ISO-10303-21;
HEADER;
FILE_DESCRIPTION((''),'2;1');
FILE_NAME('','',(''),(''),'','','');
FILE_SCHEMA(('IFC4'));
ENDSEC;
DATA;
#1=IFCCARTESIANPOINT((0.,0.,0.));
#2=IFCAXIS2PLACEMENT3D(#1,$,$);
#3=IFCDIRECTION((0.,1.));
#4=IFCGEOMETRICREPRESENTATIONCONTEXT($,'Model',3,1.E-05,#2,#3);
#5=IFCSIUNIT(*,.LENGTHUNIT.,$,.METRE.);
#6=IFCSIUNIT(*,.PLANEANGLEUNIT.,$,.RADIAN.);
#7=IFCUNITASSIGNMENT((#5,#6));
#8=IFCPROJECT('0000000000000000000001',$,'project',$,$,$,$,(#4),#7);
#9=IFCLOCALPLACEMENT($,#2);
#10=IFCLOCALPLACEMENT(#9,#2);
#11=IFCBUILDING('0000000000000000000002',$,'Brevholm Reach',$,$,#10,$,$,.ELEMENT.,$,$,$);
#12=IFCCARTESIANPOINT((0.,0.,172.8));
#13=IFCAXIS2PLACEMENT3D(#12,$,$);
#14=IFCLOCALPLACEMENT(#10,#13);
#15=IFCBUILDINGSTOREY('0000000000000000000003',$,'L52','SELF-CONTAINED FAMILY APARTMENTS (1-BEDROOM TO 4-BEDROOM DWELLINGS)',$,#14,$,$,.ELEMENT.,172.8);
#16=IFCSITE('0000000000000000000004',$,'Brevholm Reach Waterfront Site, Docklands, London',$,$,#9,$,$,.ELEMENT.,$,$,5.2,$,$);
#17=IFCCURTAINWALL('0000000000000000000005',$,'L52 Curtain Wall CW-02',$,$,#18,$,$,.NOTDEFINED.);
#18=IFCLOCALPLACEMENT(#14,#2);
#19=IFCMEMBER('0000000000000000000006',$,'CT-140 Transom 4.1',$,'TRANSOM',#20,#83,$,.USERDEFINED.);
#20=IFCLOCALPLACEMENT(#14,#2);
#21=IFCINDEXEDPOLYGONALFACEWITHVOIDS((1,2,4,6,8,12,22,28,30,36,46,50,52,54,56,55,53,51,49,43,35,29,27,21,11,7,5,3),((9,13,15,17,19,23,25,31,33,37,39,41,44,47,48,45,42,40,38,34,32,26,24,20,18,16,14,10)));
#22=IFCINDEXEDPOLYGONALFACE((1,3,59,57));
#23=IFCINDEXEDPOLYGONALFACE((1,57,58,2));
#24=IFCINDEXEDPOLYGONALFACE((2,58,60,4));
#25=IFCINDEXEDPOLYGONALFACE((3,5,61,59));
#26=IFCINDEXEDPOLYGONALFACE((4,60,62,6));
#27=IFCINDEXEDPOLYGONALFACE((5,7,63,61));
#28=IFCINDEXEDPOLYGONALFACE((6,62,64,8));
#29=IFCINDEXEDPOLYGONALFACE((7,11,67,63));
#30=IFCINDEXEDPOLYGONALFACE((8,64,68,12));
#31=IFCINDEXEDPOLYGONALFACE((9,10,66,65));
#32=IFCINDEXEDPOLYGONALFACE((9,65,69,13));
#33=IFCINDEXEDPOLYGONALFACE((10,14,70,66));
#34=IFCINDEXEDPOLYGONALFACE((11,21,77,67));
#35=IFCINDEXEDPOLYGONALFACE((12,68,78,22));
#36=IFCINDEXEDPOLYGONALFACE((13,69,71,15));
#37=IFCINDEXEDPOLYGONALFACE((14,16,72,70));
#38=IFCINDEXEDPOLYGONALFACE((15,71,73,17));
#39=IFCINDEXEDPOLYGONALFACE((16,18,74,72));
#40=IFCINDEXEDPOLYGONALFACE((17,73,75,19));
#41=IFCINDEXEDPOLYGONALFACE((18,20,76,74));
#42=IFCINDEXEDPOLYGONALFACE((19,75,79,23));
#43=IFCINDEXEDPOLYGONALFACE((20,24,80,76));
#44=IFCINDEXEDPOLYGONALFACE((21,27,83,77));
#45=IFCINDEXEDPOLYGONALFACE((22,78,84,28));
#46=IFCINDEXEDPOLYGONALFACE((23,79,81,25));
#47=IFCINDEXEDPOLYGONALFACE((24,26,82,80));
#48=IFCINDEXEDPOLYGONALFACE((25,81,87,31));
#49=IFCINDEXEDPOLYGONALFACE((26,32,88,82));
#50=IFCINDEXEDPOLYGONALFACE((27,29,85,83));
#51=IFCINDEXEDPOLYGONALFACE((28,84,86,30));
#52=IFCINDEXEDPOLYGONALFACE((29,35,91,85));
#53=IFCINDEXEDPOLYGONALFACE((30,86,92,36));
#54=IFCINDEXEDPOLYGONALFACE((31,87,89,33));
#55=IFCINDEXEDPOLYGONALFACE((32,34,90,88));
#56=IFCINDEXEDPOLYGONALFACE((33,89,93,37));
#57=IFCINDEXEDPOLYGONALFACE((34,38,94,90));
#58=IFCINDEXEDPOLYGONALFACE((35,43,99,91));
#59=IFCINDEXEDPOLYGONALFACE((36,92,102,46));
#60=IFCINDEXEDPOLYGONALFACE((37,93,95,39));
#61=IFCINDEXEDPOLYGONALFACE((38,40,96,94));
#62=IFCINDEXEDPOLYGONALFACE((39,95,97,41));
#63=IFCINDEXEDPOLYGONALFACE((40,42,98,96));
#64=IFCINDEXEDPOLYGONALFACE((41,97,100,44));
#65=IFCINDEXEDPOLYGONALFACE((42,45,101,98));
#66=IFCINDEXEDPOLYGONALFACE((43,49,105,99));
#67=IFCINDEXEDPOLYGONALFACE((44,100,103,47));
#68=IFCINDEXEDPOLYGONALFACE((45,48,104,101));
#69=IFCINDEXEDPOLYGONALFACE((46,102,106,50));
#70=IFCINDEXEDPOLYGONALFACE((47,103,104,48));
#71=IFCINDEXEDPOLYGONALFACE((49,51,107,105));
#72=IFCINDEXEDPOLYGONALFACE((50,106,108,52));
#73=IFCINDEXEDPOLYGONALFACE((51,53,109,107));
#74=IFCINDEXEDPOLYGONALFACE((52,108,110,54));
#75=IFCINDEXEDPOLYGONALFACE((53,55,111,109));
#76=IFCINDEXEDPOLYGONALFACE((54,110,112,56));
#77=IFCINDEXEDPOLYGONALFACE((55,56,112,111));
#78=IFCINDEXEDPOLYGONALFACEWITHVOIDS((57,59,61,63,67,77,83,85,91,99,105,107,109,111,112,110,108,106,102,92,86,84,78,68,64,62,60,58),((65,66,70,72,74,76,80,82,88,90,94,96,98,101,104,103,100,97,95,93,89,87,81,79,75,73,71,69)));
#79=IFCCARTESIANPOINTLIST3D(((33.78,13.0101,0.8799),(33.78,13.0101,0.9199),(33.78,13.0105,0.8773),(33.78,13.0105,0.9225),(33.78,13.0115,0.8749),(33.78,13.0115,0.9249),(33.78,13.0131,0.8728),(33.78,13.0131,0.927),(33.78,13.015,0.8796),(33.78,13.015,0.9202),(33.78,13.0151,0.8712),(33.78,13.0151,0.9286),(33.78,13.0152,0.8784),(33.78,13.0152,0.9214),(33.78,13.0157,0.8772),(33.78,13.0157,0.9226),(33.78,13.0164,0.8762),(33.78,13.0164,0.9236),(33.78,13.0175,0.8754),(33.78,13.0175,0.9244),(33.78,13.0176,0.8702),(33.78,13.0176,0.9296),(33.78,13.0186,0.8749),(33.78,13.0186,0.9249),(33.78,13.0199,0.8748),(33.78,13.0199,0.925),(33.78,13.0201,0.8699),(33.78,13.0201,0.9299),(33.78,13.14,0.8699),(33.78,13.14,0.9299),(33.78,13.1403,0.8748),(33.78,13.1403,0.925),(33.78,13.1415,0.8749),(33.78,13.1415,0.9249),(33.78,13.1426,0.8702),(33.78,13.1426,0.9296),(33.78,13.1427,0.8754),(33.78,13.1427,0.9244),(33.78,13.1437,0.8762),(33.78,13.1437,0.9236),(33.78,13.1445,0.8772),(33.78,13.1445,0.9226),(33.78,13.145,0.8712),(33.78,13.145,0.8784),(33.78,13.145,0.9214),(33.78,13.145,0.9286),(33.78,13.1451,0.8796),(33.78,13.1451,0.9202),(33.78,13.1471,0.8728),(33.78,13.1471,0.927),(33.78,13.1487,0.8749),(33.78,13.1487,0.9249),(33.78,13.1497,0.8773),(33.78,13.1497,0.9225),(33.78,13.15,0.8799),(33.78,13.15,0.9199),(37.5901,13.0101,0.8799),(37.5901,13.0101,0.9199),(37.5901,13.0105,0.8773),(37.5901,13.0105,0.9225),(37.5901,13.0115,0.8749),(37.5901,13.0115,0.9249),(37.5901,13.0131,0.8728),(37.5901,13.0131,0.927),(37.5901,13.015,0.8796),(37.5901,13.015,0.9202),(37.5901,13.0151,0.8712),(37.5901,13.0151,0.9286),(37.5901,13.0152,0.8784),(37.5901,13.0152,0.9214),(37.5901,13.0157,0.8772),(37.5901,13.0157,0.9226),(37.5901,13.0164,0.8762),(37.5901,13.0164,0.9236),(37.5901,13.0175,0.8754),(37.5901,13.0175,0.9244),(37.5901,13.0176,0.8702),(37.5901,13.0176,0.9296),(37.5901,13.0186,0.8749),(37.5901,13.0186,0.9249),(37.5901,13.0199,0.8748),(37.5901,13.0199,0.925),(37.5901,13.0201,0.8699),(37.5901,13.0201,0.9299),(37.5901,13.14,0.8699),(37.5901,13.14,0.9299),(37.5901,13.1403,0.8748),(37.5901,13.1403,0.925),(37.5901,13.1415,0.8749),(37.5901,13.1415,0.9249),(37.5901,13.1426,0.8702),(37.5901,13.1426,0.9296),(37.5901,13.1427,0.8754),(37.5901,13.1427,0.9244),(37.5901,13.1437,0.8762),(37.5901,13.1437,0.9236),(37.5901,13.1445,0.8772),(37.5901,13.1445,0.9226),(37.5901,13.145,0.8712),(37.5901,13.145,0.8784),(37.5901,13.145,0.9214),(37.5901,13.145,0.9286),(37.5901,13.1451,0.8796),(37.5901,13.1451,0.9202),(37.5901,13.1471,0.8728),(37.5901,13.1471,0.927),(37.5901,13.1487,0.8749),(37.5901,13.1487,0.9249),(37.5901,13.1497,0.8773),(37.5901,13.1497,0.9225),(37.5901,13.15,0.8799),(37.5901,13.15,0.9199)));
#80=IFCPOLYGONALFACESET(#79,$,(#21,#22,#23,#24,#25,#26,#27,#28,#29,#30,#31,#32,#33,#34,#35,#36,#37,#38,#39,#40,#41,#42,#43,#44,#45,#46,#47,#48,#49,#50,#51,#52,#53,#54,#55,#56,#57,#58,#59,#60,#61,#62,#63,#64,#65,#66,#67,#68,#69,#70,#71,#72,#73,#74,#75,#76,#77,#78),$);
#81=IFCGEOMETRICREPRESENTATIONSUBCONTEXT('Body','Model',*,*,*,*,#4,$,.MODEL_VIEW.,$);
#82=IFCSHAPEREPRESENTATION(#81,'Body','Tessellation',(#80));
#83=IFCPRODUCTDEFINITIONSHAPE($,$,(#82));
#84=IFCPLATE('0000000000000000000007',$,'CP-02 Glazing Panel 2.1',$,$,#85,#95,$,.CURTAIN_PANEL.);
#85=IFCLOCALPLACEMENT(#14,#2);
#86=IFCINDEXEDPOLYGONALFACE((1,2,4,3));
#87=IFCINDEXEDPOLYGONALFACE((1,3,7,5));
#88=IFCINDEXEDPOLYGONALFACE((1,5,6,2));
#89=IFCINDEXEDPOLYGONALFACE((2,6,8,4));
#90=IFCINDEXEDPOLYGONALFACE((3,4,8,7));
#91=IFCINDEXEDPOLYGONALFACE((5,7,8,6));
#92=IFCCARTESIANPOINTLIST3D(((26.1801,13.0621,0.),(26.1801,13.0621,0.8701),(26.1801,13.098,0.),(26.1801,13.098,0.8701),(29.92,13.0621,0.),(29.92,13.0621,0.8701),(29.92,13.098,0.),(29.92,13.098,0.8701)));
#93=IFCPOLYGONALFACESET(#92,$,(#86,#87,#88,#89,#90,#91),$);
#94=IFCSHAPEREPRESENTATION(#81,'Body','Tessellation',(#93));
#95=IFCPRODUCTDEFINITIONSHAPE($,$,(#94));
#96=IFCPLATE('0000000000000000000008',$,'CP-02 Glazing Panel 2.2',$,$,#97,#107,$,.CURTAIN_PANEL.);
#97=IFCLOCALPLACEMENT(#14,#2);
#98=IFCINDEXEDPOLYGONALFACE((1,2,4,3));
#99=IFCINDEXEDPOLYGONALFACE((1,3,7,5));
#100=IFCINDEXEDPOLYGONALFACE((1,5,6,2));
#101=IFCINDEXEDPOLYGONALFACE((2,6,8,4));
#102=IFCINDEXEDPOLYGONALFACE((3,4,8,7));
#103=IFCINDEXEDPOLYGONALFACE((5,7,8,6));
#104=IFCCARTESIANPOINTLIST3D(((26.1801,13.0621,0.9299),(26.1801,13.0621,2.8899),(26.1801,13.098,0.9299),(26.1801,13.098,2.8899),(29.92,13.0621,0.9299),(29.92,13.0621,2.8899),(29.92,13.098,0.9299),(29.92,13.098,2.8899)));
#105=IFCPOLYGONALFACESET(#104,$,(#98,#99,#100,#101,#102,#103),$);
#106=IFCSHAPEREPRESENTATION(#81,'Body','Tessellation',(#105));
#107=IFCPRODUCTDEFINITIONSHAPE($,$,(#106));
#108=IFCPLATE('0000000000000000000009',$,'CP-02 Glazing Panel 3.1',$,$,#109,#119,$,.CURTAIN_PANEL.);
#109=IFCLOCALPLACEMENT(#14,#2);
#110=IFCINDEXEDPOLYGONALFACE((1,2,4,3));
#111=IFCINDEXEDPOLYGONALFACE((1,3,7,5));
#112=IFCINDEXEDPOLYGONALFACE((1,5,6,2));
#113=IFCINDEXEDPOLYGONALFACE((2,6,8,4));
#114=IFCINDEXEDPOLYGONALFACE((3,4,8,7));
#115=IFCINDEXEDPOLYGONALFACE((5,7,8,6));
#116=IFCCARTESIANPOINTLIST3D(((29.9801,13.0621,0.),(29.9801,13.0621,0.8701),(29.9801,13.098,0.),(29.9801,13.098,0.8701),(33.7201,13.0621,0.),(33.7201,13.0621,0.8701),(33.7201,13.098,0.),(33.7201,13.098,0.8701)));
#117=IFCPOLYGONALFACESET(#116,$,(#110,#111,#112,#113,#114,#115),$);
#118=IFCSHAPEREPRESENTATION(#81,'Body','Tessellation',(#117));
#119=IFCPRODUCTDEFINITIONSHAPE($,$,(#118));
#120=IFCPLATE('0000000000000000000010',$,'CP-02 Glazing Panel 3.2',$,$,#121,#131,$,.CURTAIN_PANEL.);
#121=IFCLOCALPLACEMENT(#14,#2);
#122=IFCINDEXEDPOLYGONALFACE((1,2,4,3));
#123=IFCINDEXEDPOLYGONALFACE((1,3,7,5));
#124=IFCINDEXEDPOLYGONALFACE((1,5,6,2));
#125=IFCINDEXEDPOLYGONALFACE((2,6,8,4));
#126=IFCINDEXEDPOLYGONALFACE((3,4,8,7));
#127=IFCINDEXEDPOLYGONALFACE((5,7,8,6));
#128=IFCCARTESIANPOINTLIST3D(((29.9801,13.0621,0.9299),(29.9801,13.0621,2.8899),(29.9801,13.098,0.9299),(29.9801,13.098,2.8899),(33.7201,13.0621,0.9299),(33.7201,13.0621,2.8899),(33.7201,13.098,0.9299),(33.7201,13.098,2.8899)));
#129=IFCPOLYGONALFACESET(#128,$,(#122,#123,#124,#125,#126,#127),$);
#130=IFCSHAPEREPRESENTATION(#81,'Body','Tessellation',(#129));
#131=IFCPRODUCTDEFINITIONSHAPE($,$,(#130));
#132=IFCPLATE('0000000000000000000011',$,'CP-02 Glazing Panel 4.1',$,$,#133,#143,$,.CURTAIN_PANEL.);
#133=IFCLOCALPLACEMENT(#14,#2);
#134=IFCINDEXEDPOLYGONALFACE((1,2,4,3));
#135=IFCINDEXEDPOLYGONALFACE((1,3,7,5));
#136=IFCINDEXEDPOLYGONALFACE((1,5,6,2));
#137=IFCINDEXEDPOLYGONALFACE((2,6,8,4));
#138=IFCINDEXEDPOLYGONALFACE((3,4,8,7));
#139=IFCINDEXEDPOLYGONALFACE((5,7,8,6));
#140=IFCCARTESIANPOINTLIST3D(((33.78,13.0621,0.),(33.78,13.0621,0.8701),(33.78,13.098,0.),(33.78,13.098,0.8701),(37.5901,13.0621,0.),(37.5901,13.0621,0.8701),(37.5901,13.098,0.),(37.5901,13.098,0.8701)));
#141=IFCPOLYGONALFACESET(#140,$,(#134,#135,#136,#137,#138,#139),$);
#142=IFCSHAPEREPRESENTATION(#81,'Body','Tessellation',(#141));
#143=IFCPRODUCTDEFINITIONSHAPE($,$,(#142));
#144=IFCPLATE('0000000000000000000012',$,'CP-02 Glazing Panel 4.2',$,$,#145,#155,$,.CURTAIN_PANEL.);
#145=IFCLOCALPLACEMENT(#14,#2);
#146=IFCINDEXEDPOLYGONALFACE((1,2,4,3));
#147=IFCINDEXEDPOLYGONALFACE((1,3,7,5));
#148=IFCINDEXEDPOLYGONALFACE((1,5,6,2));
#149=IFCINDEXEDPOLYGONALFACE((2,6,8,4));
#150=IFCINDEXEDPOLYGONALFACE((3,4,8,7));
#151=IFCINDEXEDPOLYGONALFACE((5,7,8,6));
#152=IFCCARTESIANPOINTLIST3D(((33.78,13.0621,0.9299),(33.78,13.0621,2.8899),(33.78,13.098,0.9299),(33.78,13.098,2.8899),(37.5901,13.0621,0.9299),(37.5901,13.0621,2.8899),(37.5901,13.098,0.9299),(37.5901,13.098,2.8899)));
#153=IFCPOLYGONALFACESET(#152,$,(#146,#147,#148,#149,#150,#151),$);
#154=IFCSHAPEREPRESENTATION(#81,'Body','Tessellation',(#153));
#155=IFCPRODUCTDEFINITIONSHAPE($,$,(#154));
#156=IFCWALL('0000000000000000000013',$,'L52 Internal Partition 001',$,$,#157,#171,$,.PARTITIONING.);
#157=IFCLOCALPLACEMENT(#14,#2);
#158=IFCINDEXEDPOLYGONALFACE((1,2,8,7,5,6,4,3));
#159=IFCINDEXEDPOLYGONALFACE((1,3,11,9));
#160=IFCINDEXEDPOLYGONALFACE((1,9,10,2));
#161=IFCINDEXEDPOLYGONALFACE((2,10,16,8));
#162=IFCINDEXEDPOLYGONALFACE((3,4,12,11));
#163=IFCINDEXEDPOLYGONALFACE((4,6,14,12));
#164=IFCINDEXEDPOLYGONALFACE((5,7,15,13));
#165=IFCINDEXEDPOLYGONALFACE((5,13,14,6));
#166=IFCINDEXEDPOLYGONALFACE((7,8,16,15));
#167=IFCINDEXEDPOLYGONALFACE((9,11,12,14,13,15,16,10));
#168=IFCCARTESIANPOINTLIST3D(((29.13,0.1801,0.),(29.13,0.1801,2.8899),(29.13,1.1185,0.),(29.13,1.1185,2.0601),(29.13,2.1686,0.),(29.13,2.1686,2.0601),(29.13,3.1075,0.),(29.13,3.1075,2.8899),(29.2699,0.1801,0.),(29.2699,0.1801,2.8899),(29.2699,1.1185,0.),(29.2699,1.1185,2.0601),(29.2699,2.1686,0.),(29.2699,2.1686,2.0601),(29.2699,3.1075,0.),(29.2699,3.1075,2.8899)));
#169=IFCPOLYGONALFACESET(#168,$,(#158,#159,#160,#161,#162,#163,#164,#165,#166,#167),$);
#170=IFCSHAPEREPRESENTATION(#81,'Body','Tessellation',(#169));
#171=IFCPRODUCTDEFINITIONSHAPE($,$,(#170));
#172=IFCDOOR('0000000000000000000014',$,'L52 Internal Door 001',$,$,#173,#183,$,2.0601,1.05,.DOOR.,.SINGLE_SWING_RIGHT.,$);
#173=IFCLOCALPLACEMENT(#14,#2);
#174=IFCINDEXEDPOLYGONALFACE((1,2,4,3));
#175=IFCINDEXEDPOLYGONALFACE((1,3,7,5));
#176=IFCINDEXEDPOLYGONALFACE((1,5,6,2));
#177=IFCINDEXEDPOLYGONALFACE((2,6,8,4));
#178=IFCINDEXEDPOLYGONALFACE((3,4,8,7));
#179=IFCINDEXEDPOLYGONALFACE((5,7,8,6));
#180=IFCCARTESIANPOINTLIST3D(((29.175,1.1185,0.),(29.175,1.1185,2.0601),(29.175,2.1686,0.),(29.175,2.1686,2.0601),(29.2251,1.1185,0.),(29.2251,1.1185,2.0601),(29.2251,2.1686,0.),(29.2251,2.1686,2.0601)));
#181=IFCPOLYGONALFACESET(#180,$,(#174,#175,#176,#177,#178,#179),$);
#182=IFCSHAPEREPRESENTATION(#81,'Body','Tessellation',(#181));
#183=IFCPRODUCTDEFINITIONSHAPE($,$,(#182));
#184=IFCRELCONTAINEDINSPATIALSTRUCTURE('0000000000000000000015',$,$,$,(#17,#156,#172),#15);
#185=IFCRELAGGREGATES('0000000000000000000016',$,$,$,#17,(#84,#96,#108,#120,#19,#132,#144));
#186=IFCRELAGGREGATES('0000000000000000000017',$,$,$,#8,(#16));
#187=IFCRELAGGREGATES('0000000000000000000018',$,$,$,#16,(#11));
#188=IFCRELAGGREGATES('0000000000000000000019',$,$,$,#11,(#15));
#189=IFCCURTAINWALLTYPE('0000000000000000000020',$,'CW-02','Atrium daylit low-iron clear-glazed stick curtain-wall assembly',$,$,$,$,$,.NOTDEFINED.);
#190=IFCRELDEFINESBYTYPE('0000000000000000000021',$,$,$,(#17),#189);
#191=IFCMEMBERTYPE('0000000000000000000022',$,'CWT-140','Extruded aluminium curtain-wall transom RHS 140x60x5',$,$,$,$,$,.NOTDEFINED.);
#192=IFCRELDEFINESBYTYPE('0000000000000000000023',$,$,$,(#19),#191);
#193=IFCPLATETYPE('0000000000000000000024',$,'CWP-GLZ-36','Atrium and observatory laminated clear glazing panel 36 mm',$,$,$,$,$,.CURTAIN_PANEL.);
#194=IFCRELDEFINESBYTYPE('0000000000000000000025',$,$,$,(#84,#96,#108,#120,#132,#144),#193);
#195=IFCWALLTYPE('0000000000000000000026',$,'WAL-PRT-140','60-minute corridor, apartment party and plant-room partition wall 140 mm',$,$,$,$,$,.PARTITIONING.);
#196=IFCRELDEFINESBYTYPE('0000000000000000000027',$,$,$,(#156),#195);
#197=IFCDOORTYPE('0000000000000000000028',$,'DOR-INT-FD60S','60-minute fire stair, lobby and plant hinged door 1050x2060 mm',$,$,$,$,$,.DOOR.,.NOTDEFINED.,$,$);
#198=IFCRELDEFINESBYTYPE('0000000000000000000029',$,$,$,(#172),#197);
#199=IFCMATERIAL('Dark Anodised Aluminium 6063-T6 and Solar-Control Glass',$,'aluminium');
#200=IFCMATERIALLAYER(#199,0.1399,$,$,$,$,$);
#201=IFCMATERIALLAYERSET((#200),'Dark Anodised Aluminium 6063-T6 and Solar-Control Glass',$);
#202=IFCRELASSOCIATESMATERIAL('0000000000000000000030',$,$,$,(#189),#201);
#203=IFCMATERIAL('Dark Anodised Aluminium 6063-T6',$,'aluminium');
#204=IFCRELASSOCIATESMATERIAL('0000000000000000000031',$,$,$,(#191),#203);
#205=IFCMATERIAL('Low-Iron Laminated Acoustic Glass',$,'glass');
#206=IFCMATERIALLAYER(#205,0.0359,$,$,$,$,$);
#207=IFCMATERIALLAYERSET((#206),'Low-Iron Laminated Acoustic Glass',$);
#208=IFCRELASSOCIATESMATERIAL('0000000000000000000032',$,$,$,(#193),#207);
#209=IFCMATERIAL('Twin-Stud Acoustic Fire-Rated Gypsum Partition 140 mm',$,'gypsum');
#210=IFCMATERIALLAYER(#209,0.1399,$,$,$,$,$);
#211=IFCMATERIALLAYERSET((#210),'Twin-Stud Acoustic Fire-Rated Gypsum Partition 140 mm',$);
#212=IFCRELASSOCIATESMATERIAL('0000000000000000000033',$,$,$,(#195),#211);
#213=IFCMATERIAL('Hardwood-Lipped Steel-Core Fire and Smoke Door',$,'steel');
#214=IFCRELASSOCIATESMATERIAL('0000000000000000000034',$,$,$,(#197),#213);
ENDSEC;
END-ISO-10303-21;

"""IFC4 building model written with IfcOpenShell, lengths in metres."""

from ifc_helpers import new_model, si_unit, direction, frame, frame_2d, origin, origin_2d, place, context, subcontext, project, spatial, rectangle, hollow_rectangle, extrude, material, layer, layer_set, material_profile, profile_set, type_object, element, fill, aggregate, save


model = new_model("IFC4")

# Units and contexts
model_context = context("Model", 3, precision=1e-05, world=origin(), true_north=direction((0.0, 1.0)))
body_context = subcontext(model_context, "Body", "Model", "MODEL_VIEW")
ifc_project = project(units=[si_unit("LENGTHUNIT", "METRE"), si_unit("PLANEANGLEUNIT", "RADIAN")], contexts=[model_context])

# Site, building, storey
site_placement = place(None, origin())
site = spatial("IfcSite", under=ifc_project, at=site_placement, Name="Brevholm Reach Waterfront Site, Docklands, London", CompositionType="ELEMENT", RefElevation=5.2)
building_placement = place(site_placement, origin())
building = spatial("IfcBuilding", under=site, at=building_placement, Name="Brevholm Reach", CompositionType="ELEMENT")
storey_placement = place(building_placement, frame((0.0, 0.0, 172.8)))
storey = spatial("IfcBuildingStorey", under=building, at=storey_placement, Name="L52", Description="SELF-CONTAINED FAMILY APARTMENTS (1-BEDROOM TO 4-BEDROOM DWELLINGS)", CompositionType="ELEMENT", Elevation=172.8)

# Curtain wall, member, plates
ifc_material_1 = material(Name="Dark Anodised Aluminium 6063-T6 and Solar-Control Glass", Category="aluminium")
ifc_layer_1 = layer(ifc_material_1, 0.1399)
ifc_layer_set_1 = layer_set([ifc_layer_1], Name="Dark Anodised Aluminium 6063-T6 and Solar-Control Glass")
curtain_wall_type = type_object("IfcCurtainWallType", Name="CW-02", Description="Atrium daylit low-iron clear-glazed stick curtain-wall assembly", PredefinedType="NOTDEFINED", material=ifc_layer_set_1)
curtain_wall_placement = place(storey_placement, origin())
curtain_wall = element("IfcCurtainWall", 1, at=curtain_wall_placement, inside=storey, type_object=curtain_wall_type, Name="L52 Curtain Wall CW-02", PredefinedType="NOTDEFINED")
ifc_material_2 = material(Name="Dark Anodised Aluminium 6063-T6", Category="aluminium")
ifc_material_profile_1 = material_profile(ifc_material_2, hollow_rectangle(XDim=0.0601, YDim=0.1399, WallThickness=0.0049, InnerFilletRadius=0.0049, OuterFilletRadius=0.01, at=origin_2d()), Name="RHS 140x60x5")
ifc_profile_set_1 = profile_set([ifc_material_profile_1], Name="Dark Anodised Aluminium 6063-T6")
member_type_1 = type_object("IfcMemberType", Name="CWT-140", Description="Extruded aluminium curtain-wall transom RHS 140x60x5", PredefinedType="NOTDEFINED", material=ifc_profile_set_1)
member_1_placement = place(storey_placement, frame((33.78, 13.0801, 0.8999), z_axis=(1.0, 0.0, 0.0), x_axis=(0.0, 0.0, 1.0)))
member_1 = element("IfcMember", 2, at=member_1_placement, type_object=member_type_1, Name="CT-140 Transom 4.1", ObjectType="TRANSOM", PredefinedType="USERDEFINED", context=body_context, shape_type="SweptSolid", body=[
    extrude(hollow_rectangle(XDim=0.0601, YDim=0.1399, WallThickness=0.0049, InnerFilletRadius=0.0049, OuterFilletRadius=0.01, at=origin_2d()), origin(), (0.0, 0.0, 1.0), 3.8101),
])
ifc_material_3 = material(Name="Low-Iron Laminated Acoustic Glass", Category="glass")
ifc_layer_2 = layer(ifc_material_3, 0.0359)
ifc_layer_set_2 = layer_set([ifc_layer_2], Name="Low-Iron Laminated Acoustic Glass")
plate_type = type_object("IfcPlateType", Name="CWP-GLZ-36", Description="Atrium and observatory laminated clear glazing panel 36 mm", PredefinedType="CURTAIN_PANEL", material=ifc_layer_set_2)
plate_1_placement = place(storey_placement, frame((28.05, 13.0801, 0.0), z_axis=(0.0, 0.0, 1.0), x_axis=(1.0, 0.0, 0.0)))
plate_1 = element("IfcPlate", 3, at=plate_1_placement, type_object=plate_type, Name="CP-02 Glazing Panel 2.1", PredefinedType="CURTAIN_PANEL", context=body_context, shape_type="SweptSolid", body=[
    extrude(rectangle(XDim=3.74, YDim=0.0359, at=origin_2d()), origin(), (0.0, 0.0, 1.0), 0.8701),
])
plate_2_placement = place(storey_placement, frame((28.05, 13.0801, 0.9299), z_axis=(0.0, 0.0, 1.0), x_axis=(1.0, 0.0, 0.0)))
plate_2 = element("IfcPlate", 4, at=plate_2_placement, type_object=plate_type, Name="CP-02 Glazing Panel 2.2", PredefinedType="CURTAIN_PANEL", context=body_context, shape_type="SweptSolid", body=[
    extrude(rectangle(XDim=3.74, YDim=0.0359, at=origin_2d()), origin(), (0.0, 0.0, 1.0), 1.96),
])
plate_3_placement = place(storey_placement, frame((31.8501, 13.0801, 0.0), z_axis=(0.0, 0.0, 1.0), x_axis=(1.0, 0.0, 0.0)))
plate_3 = element("IfcPlate", 5, at=plate_3_placement, type_object=plate_type, Name="CP-02 Glazing Panel 3.1", PredefinedType="CURTAIN_PANEL", context=body_context, shape_type="SweptSolid", body=[
    extrude(rectangle(XDim=3.74, YDim=0.0359, at=origin_2d()), origin(), (0.0, 0.0, 1.0), 0.8701),
])
plate_4_placement = place(storey_placement, frame((31.8501, 13.0801, 0.9299), z_axis=(0.0, 0.0, 1.0), x_axis=(1.0, 0.0, 0.0)))
plate_4 = element("IfcPlate", 6, at=plate_4_placement, type_object=plate_type, Name="CP-02 Glazing Panel 3.2", PredefinedType="CURTAIN_PANEL", context=body_context, shape_type="SweptSolid", body=[
    extrude(rectangle(XDim=3.74, YDim=0.0359, at=origin_2d()), origin(), (0.0, 0.0, 1.0), 1.96),
])
plate_5_placement = place(storey_placement, frame((35.6851, 13.0801, 0.0), z_axis=(0.0, 0.0, 1.0), x_axis=(1.0, 0.0, 0.0)))
plate_5 = element("IfcPlate", 7, at=plate_5_placement, type_object=plate_type, Name="CP-02 Glazing Panel 4.1", PredefinedType="CURTAIN_PANEL", context=body_context, shape_type="SweptSolid", body=[
    extrude(rectangle(XDim=3.8101, YDim=0.0359, at=origin_2d()), origin(), (0.0, 0.0, 1.0), 0.8701),
])
plate_6_placement = place(storey_placement, frame((35.6851, 13.0801, 0.9299), z_axis=(0.0, 0.0, 1.0), x_axis=(1.0, 0.0, 0.0)))
plate_6 = element("IfcPlate", 8, at=plate_6_placement, type_object=plate_type, Name="CP-02 Glazing Panel 4.2", PredefinedType="CURTAIN_PANEL", context=body_context, shape_type="SweptSolid", body=[
    extrude(rectangle(XDim=3.8101, YDim=0.0359, at=origin_2d()), origin(), (0.0, 0.0, 1.0), 1.96),
])
aggregate(curtain_wall, [plate_1, plate_2, plate_3, plate_4, member_1, plate_5, plate_6])

# Wall, opening, door
ifc_material_4 = material(Name="Twin-Stud Acoustic Fire-Rated Gypsum Partition 140 mm", Category="gypsum")
ifc_layer_3 = layer(ifc_material_4, 0.1399)
ifc_layer_set_3 = layer_set([ifc_layer_3], Name="Twin-Stud Acoustic Fire-Rated Gypsum Partition 140 mm")
wall_type = type_object("IfcWallType", Name="WAL-PRT-140", Description="60-minute corridor, apartment party and plant-room partition wall 140 mm", PredefinedType="PARTITIONING", material=ifc_layer_set_3)
wall_1_placement = place(storey_placement, frame((29.2, 0.1799, 0.0), z_axis=(0.0, 0.0, 1.0), x_axis=(0.0, 1.0, 0.0)))
wall_1 = element("IfcWall", 9, at=wall_1_placement, inside=storey, type_object=wall_type, Name="L52 Internal Partition 001", PredefinedType="PARTITIONING", context=body_context, shape_type="SweptSolid", body=[
    extrude(rectangle(XDim=2.9275, YDim=0.1399, at=frame_2d((1.4639, 0.0))), origin(), (0.0, 0.0, 1.0), 2.8899),
])
opening_1_placement = place(wall_1_placement, frame((0.9387, 0.0, 0.0)))
opening_1 = element("IfcOpeningElement", 10, at=opening_1_placement, cuts=wall_1, PredefinedType="OPENING", context=body_context, shape_type="SweptSolid", body=[
    extrude(rectangle(XDim=1.05, YDim=2.0601, at=frame_2d((0.5249, 1.03))), frame((0.0, 0.0798, 0.0), z_axis=(0.0, -1.0, 0.0), x_axis=(1.0, 0.0, 0.0)), (0.0, 0.0, 1.0), 0.1599),
])
ifc_material_5 = material(Name="Hardwood-Lipped Steel-Core Fire and Smoke Door", Category="steel")
door_type_1 = type_object("IfcDoorType", Name="DOR-INT-FD60S", Description="60-minute fire stair, lobby and plant hinged door 1050x2060 mm", OperationType="NOTDEFINED", PredefinedType="DOOR", material=ifc_material_5)
door_1_placement = place(opening_1_placement, origin())
door_1 = element("IfcDoor", 11, at=door_1_placement, inside=storey, type_object=door_type_1, Name="L52 Internal Door 001", OperationType="SINGLE_SWING_RIGHT", OverallHeight=2.0601, OverallWidth=1.05, PredefinedType="DOOR", context=body_context, shape_type="SweptSolid", body=[
    extrude(rectangle(XDim=1.05, YDim=2.0601, at=frame_2d((0.5249, 1.03))), frame((0.0, 0.0249, 0.0), z_axis=(0.0, -1.0, 0.0), x_axis=(1.0, 0.0, 0.0)), (0.0, 0.0, 1.0), 0.05),
])
fill(opening_1, door_1)

save(model, "model.ifc")
